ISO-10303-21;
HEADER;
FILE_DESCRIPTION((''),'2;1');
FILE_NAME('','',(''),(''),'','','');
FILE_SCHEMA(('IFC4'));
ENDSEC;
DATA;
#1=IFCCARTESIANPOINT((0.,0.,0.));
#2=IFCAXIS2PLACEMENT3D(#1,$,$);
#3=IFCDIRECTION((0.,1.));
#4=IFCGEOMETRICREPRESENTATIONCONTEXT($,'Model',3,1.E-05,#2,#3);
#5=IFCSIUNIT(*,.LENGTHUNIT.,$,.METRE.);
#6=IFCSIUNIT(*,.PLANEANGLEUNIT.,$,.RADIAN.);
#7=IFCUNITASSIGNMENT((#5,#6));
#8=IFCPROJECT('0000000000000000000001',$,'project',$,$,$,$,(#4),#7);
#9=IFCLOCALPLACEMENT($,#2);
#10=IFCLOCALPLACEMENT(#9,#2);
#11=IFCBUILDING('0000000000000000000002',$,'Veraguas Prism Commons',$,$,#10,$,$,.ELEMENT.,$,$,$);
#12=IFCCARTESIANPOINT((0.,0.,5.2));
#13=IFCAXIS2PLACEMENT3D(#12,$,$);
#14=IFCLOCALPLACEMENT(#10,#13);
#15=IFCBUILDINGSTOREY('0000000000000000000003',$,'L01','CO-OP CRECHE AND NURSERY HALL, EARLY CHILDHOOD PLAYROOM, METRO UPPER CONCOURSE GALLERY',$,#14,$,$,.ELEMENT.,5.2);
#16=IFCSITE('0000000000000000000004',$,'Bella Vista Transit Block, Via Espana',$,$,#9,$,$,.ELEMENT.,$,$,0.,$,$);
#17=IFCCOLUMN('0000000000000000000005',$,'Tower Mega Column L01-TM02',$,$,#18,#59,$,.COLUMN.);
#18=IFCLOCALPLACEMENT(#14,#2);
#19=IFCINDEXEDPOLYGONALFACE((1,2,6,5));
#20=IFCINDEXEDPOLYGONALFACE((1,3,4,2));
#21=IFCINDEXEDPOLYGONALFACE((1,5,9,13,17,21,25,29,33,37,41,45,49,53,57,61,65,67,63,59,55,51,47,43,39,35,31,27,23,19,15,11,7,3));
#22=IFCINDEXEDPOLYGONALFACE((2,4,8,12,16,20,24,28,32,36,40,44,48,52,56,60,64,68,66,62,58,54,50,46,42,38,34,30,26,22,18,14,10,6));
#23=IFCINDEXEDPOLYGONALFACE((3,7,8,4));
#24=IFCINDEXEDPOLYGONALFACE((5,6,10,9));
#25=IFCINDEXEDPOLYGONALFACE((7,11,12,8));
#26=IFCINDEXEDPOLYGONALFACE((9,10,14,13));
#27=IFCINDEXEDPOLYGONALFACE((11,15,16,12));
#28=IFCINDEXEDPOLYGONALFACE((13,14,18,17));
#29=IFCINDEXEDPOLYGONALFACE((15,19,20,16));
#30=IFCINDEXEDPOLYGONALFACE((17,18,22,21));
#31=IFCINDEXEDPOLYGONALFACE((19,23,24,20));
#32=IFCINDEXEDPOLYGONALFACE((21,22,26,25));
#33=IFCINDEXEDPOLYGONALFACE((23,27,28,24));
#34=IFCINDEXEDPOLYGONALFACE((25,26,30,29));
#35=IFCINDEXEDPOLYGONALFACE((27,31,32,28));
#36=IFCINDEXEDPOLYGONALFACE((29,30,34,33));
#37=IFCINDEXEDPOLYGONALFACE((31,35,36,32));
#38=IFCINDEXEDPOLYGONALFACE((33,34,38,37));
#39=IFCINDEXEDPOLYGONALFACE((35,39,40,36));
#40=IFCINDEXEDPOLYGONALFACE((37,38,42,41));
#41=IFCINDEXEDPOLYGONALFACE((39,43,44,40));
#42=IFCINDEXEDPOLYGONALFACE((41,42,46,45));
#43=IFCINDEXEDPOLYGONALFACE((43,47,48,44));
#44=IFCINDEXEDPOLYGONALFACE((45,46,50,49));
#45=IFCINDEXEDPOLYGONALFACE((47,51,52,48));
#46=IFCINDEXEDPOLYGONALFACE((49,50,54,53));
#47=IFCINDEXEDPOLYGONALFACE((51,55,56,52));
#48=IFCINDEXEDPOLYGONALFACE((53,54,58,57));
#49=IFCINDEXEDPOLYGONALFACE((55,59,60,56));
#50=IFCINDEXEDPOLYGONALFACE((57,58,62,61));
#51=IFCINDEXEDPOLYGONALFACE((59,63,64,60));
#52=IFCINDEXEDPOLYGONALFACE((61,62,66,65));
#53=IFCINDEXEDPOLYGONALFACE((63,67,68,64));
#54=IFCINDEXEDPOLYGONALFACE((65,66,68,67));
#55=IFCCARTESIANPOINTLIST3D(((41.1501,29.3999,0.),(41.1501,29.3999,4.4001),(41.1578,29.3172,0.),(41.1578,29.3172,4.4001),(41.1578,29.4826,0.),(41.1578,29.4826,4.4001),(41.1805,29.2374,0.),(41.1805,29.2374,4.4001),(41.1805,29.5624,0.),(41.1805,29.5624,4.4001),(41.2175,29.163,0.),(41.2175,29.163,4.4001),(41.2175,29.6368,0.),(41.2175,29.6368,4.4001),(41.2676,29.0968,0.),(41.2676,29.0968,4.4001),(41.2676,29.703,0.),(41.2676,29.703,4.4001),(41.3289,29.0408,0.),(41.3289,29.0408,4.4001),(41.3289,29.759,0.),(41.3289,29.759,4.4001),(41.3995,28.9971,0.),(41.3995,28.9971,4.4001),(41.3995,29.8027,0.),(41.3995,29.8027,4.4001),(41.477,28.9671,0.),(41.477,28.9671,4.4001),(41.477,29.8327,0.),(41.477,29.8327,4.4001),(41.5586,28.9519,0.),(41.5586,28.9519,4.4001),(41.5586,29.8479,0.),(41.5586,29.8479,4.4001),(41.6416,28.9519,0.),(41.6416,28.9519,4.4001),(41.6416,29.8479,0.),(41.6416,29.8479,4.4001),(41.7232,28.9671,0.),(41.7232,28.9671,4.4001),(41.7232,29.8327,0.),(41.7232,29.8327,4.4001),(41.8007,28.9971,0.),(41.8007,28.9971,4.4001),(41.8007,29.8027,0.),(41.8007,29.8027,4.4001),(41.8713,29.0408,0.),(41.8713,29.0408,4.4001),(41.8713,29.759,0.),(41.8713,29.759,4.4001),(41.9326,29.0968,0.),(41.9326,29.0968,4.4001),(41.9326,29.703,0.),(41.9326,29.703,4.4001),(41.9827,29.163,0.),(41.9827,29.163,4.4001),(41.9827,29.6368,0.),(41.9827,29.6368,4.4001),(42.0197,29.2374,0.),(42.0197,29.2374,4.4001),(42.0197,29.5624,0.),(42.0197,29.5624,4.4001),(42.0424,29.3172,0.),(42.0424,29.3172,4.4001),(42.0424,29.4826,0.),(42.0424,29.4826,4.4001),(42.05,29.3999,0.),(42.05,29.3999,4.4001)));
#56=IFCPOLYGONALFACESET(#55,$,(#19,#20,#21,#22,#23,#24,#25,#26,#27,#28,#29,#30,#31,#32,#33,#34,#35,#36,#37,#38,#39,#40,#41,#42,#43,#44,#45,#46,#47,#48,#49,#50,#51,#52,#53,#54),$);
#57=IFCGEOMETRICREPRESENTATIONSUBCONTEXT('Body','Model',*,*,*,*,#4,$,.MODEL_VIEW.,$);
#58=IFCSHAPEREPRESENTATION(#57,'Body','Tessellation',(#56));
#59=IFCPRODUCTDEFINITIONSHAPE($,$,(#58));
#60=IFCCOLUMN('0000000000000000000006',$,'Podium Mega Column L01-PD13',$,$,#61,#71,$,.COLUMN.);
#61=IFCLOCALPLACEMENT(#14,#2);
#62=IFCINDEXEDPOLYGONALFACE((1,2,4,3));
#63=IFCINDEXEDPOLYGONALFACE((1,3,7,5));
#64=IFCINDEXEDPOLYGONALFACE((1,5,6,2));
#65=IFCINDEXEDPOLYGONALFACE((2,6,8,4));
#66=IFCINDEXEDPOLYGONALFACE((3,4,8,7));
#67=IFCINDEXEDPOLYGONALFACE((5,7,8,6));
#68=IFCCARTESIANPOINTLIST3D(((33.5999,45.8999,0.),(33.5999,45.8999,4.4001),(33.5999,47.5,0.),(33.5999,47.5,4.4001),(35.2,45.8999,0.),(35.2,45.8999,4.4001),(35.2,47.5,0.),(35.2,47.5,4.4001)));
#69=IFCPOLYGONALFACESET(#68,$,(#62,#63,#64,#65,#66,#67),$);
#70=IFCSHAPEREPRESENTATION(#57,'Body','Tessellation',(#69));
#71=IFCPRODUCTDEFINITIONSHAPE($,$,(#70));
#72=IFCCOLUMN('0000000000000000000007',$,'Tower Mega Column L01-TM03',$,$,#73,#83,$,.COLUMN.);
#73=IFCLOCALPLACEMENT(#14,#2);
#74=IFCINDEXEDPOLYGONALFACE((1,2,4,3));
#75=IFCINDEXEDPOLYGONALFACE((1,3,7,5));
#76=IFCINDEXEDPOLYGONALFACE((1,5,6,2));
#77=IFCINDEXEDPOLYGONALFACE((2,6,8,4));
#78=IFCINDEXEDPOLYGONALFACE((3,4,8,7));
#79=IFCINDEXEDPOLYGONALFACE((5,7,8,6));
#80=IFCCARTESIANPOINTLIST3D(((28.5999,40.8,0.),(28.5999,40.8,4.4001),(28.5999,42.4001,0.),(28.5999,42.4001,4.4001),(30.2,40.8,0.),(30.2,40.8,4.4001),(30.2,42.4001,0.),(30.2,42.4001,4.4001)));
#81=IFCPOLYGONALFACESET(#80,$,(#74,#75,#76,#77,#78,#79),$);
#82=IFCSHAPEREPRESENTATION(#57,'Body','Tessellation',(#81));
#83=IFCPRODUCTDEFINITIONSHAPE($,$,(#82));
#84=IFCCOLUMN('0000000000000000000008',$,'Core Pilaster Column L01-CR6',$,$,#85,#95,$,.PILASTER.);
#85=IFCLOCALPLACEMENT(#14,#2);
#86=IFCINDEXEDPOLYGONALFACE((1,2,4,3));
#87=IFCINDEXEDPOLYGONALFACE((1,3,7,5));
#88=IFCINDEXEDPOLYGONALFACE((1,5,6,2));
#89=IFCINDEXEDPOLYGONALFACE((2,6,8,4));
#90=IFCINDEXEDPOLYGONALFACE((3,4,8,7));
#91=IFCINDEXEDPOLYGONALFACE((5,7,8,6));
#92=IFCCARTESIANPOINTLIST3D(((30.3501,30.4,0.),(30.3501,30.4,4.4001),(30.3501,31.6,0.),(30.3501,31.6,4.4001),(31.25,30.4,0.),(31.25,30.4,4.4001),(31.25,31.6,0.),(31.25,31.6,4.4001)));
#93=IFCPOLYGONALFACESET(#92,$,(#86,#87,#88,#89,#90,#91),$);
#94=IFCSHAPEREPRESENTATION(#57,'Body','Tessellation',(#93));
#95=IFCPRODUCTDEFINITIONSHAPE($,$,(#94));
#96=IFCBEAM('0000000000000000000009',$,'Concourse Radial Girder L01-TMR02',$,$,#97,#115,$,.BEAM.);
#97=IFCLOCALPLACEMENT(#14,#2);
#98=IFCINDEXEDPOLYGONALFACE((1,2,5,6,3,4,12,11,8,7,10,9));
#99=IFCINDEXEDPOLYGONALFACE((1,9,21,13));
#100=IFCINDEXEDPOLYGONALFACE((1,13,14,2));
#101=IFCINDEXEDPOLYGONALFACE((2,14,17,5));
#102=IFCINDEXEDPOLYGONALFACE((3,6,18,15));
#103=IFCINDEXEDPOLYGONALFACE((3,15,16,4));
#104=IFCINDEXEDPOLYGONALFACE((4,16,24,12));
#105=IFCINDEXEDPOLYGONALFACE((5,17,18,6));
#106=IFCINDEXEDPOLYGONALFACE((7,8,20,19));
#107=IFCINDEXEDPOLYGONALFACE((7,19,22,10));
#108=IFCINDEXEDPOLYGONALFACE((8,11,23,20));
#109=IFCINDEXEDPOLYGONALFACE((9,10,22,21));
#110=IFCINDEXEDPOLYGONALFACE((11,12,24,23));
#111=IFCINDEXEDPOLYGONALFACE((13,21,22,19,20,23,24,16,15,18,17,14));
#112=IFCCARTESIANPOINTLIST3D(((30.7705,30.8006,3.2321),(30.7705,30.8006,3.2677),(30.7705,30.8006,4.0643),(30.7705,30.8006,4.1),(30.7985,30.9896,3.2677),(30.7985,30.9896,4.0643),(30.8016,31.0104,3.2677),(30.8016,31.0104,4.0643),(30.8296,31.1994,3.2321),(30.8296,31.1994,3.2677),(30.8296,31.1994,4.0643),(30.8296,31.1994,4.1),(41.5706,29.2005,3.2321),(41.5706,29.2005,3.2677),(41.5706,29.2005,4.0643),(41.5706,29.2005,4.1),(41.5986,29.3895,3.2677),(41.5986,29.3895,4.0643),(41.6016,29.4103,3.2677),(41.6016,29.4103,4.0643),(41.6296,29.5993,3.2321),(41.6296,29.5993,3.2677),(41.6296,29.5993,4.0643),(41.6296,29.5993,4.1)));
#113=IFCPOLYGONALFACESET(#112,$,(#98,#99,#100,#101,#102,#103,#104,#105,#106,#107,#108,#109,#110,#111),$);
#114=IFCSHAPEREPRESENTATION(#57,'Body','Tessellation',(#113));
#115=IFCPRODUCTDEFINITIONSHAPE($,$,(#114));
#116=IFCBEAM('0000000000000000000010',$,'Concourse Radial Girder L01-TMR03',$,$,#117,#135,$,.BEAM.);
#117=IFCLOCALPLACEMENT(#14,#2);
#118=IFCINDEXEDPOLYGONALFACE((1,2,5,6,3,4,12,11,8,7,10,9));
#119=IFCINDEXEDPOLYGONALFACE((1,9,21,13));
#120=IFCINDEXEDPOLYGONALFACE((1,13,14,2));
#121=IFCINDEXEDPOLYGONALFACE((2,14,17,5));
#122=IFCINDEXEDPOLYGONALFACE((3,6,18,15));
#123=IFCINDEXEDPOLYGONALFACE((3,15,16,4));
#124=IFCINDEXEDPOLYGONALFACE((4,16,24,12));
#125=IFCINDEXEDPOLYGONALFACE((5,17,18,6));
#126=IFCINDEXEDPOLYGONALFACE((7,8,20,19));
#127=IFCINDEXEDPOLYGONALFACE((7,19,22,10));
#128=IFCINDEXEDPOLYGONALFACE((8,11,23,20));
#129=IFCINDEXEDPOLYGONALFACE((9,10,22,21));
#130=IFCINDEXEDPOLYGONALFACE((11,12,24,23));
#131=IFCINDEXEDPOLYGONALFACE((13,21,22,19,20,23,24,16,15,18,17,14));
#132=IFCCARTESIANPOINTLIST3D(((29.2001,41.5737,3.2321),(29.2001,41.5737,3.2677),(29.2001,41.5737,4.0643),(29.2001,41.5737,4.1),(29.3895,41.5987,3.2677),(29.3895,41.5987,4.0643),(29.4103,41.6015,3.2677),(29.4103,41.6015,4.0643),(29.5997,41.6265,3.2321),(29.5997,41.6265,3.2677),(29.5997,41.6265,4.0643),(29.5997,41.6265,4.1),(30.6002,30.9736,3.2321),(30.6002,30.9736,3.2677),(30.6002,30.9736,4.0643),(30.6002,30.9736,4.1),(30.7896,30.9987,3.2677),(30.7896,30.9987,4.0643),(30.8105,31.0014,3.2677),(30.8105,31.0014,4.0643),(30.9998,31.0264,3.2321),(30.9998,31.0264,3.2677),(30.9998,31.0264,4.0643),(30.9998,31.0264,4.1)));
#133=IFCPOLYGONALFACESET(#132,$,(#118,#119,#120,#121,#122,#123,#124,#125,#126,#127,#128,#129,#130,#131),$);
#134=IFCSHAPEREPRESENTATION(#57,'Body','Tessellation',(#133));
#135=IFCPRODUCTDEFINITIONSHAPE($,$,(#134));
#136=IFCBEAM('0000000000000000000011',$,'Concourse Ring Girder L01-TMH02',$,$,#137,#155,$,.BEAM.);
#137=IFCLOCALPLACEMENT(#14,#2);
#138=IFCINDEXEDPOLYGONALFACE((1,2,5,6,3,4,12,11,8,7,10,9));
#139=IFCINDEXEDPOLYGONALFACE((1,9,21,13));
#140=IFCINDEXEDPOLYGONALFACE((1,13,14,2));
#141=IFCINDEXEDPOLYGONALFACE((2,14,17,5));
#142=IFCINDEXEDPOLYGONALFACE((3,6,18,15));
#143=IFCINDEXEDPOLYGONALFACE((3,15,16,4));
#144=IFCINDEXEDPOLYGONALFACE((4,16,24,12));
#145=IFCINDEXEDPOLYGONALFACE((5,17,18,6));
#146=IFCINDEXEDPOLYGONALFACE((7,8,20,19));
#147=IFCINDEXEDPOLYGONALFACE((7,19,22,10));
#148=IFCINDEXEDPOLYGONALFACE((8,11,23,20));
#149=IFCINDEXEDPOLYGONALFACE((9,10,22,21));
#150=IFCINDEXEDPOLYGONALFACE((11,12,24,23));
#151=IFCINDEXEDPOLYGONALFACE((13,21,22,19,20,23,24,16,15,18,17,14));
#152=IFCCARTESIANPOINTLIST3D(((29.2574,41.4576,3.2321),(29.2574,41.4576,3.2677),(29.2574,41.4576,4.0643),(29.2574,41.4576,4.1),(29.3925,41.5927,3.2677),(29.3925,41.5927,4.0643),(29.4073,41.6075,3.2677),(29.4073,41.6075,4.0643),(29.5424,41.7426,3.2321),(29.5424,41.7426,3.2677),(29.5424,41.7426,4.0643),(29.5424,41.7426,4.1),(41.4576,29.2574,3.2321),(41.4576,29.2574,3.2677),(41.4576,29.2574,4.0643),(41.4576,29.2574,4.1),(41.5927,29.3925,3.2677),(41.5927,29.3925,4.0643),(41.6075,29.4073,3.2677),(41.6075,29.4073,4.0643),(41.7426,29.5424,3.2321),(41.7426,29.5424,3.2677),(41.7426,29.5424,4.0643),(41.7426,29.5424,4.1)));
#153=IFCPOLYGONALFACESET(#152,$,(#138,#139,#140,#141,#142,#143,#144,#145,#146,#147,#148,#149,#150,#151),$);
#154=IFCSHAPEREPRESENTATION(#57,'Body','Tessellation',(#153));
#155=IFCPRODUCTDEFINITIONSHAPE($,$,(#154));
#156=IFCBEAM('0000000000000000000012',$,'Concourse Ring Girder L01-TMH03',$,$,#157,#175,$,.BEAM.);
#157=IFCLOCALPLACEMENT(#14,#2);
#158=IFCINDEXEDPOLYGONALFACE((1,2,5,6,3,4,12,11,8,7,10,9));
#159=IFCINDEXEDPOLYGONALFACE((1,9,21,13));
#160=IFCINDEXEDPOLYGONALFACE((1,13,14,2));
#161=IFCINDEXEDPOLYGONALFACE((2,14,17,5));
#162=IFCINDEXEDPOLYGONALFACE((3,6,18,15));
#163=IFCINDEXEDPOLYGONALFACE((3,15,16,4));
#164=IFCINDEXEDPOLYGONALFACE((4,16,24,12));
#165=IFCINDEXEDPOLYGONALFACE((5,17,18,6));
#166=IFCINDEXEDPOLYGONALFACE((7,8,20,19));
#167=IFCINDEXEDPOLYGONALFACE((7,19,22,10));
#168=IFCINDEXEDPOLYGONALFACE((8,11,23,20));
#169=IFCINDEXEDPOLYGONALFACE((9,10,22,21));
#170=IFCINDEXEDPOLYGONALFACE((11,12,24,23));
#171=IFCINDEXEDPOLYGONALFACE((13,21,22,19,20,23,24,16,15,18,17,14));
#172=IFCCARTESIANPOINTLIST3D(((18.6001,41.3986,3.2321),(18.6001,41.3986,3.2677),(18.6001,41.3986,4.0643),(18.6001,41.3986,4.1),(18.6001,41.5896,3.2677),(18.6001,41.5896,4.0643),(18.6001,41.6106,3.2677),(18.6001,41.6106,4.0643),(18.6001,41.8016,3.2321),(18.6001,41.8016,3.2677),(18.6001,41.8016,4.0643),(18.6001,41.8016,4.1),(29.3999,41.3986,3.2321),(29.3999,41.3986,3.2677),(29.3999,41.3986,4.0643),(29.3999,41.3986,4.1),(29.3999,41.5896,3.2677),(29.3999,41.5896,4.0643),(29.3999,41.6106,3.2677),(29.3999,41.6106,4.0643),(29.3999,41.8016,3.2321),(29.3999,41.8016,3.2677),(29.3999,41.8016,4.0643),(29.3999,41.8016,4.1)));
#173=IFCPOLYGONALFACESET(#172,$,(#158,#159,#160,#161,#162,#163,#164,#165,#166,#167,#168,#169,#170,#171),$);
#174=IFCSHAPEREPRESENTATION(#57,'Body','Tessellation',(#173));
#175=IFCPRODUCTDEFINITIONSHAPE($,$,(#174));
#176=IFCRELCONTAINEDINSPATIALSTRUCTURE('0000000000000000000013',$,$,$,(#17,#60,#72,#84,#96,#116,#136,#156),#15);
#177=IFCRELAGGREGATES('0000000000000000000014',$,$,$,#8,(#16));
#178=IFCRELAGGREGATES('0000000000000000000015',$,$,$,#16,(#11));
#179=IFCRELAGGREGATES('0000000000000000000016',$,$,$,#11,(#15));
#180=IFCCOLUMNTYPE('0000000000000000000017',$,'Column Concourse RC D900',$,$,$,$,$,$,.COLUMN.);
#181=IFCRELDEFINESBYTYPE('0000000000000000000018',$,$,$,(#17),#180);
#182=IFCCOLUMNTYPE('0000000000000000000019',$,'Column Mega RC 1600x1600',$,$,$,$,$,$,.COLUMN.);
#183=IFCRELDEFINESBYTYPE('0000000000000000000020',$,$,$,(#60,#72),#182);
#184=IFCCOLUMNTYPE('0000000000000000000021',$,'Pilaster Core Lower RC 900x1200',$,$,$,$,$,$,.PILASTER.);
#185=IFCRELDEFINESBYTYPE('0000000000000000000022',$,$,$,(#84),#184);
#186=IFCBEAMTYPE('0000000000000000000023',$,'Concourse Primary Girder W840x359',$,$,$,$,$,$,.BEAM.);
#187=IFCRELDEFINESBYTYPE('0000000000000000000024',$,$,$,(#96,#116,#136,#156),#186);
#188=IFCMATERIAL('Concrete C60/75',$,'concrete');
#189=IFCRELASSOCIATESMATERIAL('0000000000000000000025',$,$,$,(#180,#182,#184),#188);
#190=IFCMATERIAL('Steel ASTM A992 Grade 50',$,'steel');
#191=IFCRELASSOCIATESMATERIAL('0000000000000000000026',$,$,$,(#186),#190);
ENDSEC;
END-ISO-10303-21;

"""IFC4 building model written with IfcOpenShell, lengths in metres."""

from ifc_helpers import new_model, si_unit, direction, frame, origin, origin_2d, place, context, subcontext, project, spatial, rectangle, circle, i_section, extrude, material, material_profile, profile_set, type_object, element, save


model = new_model("IFC4")

# Units and contexts
model_context = context("Model", 3, precision=1e-05, world=origin(), true_north=direction((0.0, 1.0)))
body_context = subcontext(model_context, "Body", "Model", "MODEL_VIEW")
ifc_project = project(units=[si_unit("LENGTHUNIT", "METRE"), si_unit("PLANEANGLEUNIT", "RADIAN")], contexts=[model_context])

# Site, building, storey
site_placement = place(None, origin())
site = spatial("IfcSite", under=ifc_project, at=site_placement, Name="Bella Vista Transit Block, Via Espana", CompositionType="ELEMENT", RefElevation=0.0)
building_placement = place(site_placement, origin())
building = spatial("IfcBuilding", under=site, at=building_placement, Name="Veraguas Prism Commons", CompositionType="ELEMENT")
storey_placement = place(building_placement, frame((0.0, 0.0, 5.2)))
storey = spatial("IfcBuildingStorey", under=building, at=storey_placement, Name="L01", Description="CO-OP CRECHE AND NURSERY HALL, EARLY CHILDHOOD PLAYROOM, METRO UPPER CONCOURSE GALLERY", CompositionType="ELEMENT", Elevation=5.2)

# Columns
ifc_material_1 = material(Name="Concrete C60/75", Category="concrete")
ifc_material_profile_1 = material_profile(ifc_material_1, circle(Radius=0.45, at=origin_2d()), Name="RC900DIA")
ifc_profile_set_1 = profile_set([ifc_material_profile_1], Name="Concrete C60/75")
column_type_1 = type_object("IfcColumnType", Name="Column Concourse RC D900", PredefinedType="COLUMN", material=ifc_profile_set_1)
column_1_placement = place(storey_placement, frame((41.6001, 29.3999, 0.0), z_axis=(0.0, 0.0, 1.0), x_axis=(1.0, 0.0, 0.0)))
element("IfcColumn", 1, at=column_1_placement, inside=storey, type_object=column_type_1, Name="Tower Mega Column L01-TM02", PredefinedType="COLUMN", context=body_context, shape_type="SweptSolid", body=[
    extrude(circle(Radius=0.45, at=origin_2d()), origin(), (0.0, 0.0, 1.0), 4.4001),
])
ifc_material_profile_2 = material_profile(ifc_material_1, rectangle(XDim=1.6001, YDim=1.6001, at=origin_2d()), Name="RC1600X1600")
ifc_profile_set_2 = profile_set([ifc_material_profile_2], Name="Concrete C60/75")
column_type_2 = type_object("IfcColumnType", Name="Column Mega RC 1600x1600", PredefinedType="COLUMN", material=ifc_profile_set_2)
for number, where, z_axis, x_axis, name in (
    (2, (34.3999, 46.7, 0.0), (0.0, 0.0, 1.0), (1.0, 0.0, 0.0), "Podium Mega Column L01-PD13"),
    (3, (29.3999, 41.6001, 0.0), (0.0, 0.0, 1.0), (1.0, 0.0, 0.0), "Tower Mega Column L01-TM03"),
):
    element("IfcColumn", number, at=place(storey_placement, frame(where, z_axis=z_axis, x_axis=x_axis)), inside=storey, type_object=column_type_2, Name=name, PredefinedType="COLUMN", context=body_context, shape_type="SweptSolid", body=[
        extrude(rectangle(XDim=1.6001, YDim=1.6001, at=origin_2d()), origin(), (0.0, 0.0, 1.0), 4.4001),
    ])
ifc_material_profile_3 = material_profile(ifc_material_1, rectangle(XDim=0.8999, YDim=1.2, at=origin_2d()), Name="RC900X1200")
ifc_profile_set_3 = profile_set([ifc_material_profile_3], Name="Concrete C60/75")
column_type_3 = type_object("IfcColumnType", Name="Pilaster Core Lower RC 900x1200", PredefinedType="PILASTER", material=ifc_profile_set_3)
column_2_placement = place(storey_placement, frame((30.8, 31.0, 0.0), z_axis=(0.0, 0.0, 1.0), x_axis=(1.0, 0.0, 0.0)))
element("IfcColumn", 4, at=column_2_placement, inside=storey, type_object=column_type_3, Name="Core Pilaster Column L01-CR6", PredefinedType="PILASTER", context=body_context, shape_type="SweptSolid", body=[
    extrude(rectangle(XDim=0.8999, YDim=1.2, at=origin_2d()), origin(), (0.0, 0.0, 1.0), 4.4001),
])

# Beams
ifc_material_2 = material(Name="Steel ASTM A992 Grade 50", Category="steel")
ifc_material_profile_4 = material_profile(ifc_material_2, i_section(OverallWidth=0.4031, OverallDepth=0.8679, WebThickness=0.021, FlangeThickness=0.0356, at=origin_2d()), Name="W840X359")
ifc_profile_set_4 = profile_set([ifc_material_profile_4], Name="Steel ASTM A992 Grade 50")
beam_type_1 = type_object("IfcBeamType", Name="Concourse Primary Girder W840x359", PredefinedType="BEAM", material=ifc_profile_set_4)
beam_1_placement = place(storey_placement, frame((41.6001, 29.3999, 3.666), z_axis=(-0.989202, 0.146557, 0.0), x_axis=(-0.146557, -0.989202, 0.0)))
element("IfcBeam", 5, at=beam_1_placement, inside=storey, type_object=beam_type_1, Name="Concourse Radial Girder L01-TMR02", PredefinedType="BEAM", context=body_context, shape_type="SweptSolid", body=[
    extrude(i_section(OverallWidth=0.4031, OverallDepth=0.8679, WebThickness=0.021, FlangeThickness=0.0356, at=origin_2d()), origin(), (0.0, 0.0, 1.0), 10.918),
])
beam_2_placement = place(storey_placement, frame((29.3999, 41.6001, 3.666), z_axis=(0.130951, -0.991389, 0.0), x_axis=(0.991389, 0.130951, 0.0)))
element("IfcBeam", 6, at=beam_2_placement, inside=storey, type_object=beam_type_1, Name="Concourse Radial Girder L01-TMR03", PredefinedType="BEAM", context=body_context, shape_type="SweptSolid", body=[
    extrude(i_section(OverallWidth=0.4031, OverallDepth=0.8679, WebThickness=0.021, FlangeThickness=0.0356, at=origin_2d()), origin(), (0.0, 0.0, 1.0), 10.6921),
])
beam_3_placement = place(storey_placement, frame((41.6001, 29.3999, 3.666), z_axis=(-0.707107, 0.707107, 0.0), x_axis=(-0.707107, -0.707107, 0.0)))
element("IfcBeam", 7, at=beam_3_placement, inside=storey, type_object=beam_type_1, Name="Concourse Ring Girder L01-TMH02", PredefinedType="BEAM", context=body_context, shape_type="SweptSolid", body=[
    extrude(i_section(OverallWidth=0.4031, OverallDepth=0.8679, WebThickness=0.021, FlangeThickness=0.0356, at=origin_2d()), origin(), (0.0, 0.0, 1.0), 17.2537),
])
beam_4_placement = place(storey_placement, frame((29.3999, 41.6001, 3.666), z_axis=(-1.0, 0.0, 0.0), x_axis=(0.0, -1.0, 0.0)))
element("IfcBeam", 8, at=beam_4_placement, inside=storey, type_object=beam_type_1, Name="Concourse Ring Girder L01-TMH03", PredefinedType="BEAM", context=body_context, shape_type="SweptSolid", body=[
    extrude(i_section(OverallWidth=0.4031, OverallDepth=0.8679, WebThickness=0.021, FlangeThickness=0.0356, at=origin_2d()), origin(), (0.0, 0.0, 1.0), 10.7998),
])

save(model, "model.ifc")
